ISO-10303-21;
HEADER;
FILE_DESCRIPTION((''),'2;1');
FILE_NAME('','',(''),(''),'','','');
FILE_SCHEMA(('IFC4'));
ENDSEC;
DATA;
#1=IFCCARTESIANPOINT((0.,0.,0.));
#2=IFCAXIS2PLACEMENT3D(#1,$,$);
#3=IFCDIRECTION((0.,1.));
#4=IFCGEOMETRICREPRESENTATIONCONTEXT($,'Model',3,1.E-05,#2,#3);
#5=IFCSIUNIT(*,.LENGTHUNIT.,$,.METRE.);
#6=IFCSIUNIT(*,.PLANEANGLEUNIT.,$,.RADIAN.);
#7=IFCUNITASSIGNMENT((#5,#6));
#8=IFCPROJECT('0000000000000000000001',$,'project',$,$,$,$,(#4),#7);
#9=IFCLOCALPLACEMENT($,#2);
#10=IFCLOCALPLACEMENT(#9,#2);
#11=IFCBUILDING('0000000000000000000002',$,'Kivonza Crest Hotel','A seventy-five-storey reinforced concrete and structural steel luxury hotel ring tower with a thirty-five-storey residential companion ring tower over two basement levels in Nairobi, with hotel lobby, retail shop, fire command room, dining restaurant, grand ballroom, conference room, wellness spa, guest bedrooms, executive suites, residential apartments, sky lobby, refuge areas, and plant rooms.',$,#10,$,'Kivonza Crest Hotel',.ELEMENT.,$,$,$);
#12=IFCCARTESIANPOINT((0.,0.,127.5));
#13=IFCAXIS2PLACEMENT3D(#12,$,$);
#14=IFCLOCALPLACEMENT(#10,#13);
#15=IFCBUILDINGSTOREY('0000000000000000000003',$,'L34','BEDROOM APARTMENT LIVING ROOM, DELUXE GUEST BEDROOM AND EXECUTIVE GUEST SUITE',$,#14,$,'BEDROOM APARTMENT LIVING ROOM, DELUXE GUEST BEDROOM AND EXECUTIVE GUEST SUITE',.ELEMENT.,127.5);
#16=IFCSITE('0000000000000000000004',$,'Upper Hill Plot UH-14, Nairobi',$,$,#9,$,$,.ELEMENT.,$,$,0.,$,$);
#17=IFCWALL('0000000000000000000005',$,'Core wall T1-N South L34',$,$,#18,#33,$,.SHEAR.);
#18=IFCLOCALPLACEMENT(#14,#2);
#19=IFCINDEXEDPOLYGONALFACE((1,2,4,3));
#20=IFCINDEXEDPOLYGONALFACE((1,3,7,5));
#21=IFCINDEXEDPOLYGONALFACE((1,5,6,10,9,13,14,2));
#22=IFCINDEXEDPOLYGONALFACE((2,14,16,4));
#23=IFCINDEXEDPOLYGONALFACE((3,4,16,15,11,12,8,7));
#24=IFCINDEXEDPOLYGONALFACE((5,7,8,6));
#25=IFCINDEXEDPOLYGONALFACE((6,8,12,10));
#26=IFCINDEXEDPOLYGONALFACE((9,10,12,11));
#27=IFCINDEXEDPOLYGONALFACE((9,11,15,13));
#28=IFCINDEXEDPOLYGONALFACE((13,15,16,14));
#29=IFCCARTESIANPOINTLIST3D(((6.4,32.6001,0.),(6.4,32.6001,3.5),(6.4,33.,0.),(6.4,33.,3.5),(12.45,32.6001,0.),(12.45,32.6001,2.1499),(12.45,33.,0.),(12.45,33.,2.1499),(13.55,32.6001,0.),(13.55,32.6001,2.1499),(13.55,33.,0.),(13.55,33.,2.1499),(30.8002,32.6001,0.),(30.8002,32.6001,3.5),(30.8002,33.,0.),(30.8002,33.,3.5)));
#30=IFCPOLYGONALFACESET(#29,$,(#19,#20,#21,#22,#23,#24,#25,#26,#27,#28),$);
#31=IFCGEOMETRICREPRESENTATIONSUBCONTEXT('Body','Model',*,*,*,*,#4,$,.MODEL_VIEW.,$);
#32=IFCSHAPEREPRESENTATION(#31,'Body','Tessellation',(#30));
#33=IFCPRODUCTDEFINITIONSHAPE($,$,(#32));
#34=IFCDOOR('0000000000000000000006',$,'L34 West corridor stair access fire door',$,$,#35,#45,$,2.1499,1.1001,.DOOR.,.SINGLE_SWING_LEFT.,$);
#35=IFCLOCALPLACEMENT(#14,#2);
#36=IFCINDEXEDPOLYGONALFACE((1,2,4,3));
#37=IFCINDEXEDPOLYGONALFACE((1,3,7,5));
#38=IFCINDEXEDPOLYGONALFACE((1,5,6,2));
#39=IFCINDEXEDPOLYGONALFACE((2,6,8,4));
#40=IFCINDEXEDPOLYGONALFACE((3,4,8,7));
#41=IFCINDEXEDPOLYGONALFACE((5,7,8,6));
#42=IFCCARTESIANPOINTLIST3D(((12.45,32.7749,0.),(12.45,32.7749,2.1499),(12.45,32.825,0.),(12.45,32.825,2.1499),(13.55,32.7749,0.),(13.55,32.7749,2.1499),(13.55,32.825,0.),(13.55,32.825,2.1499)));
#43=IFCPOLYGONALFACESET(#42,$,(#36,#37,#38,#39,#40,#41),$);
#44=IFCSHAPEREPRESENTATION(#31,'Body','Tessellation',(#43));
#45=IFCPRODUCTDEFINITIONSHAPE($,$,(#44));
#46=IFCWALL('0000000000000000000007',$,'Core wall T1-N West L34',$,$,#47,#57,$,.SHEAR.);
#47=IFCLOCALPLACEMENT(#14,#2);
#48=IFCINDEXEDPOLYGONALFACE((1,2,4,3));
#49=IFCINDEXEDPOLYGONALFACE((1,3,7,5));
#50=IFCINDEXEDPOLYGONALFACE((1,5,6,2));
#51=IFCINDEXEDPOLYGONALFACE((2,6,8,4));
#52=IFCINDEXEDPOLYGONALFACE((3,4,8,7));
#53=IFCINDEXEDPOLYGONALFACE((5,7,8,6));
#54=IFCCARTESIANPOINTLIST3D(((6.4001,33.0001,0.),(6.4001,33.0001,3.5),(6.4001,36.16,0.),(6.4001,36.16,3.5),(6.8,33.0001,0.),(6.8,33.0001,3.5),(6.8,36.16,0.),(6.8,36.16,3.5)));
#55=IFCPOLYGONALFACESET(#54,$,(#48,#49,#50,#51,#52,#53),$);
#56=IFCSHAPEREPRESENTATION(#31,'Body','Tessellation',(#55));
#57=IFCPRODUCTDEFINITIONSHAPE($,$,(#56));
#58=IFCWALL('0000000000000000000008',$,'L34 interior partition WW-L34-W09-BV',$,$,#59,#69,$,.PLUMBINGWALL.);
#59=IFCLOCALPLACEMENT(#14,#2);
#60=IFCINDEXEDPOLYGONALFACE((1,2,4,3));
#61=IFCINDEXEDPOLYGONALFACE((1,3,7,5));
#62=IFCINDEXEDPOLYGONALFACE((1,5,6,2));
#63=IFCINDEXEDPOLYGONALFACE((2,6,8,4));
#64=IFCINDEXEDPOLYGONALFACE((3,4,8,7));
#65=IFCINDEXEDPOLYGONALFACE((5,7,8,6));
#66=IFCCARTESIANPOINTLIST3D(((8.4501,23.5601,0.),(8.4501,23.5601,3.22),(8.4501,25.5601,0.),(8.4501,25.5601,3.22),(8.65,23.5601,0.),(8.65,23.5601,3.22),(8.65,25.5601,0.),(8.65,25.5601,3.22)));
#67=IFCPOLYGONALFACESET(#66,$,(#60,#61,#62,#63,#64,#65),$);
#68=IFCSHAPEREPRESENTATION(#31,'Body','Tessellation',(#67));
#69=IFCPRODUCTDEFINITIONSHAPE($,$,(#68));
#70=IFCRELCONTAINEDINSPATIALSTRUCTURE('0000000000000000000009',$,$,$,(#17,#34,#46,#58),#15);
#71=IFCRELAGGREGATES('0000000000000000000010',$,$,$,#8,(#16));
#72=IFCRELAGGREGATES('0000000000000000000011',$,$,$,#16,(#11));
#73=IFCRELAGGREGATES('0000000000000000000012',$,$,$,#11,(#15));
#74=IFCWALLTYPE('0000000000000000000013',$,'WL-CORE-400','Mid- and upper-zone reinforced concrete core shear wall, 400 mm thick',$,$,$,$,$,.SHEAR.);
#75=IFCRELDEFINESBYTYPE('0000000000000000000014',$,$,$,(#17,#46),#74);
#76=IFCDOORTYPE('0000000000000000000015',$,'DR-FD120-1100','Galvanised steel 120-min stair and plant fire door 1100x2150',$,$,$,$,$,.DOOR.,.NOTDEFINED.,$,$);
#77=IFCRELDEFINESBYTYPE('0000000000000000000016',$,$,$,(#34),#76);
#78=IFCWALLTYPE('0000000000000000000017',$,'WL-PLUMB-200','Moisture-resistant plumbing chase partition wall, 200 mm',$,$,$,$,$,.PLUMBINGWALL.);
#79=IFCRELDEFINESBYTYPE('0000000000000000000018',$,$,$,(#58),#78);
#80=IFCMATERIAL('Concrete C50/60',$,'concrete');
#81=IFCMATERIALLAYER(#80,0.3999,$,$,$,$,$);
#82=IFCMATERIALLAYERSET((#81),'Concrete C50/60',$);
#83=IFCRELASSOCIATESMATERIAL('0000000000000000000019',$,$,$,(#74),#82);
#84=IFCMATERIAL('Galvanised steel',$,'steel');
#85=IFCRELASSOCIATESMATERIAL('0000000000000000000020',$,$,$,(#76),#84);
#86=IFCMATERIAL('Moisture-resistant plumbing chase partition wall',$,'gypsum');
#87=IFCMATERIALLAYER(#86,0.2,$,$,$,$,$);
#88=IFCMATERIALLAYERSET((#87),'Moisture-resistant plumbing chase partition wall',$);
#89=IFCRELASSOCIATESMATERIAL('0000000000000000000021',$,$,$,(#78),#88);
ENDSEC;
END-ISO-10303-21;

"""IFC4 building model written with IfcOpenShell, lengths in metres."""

from ifc_helpers import new_model, si_unit, direction, frame, frame_2d, origin, place, context, subcontext, project, spatial, rectangle, extrude, material, layer, layer_set, type_object, element, fill, save


model = new_model("IFC4")

# Units and contexts
model_context = context("Model", 3, precision=1e-05, world=origin(), true_north=direction((0.0, 1.0)))
body_context = subcontext(model_context, "Body", "Model", "MODEL_VIEW")
ifc_project = project(units=[si_unit("LENGTHUNIT", "METRE"), si_unit("PLANEANGLEUNIT", "RADIAN")], contexts=[model_context])

# Site, building, storey
site_placement = place(None, origin())
site = spatial("IfcSite", under=ifc_project, at=site_placement, Name="Upper Hill Plot UH-14, Nairobi", CompositionType="ELEMENT", RefElevation=0.0)
building_placement = place(site_placement, origin())
building = spatial("IfcBuilding", under=site, at=building_placement, Name="Kivonza Crest Hotel", Description="A seventy-five-storey reinforced concrete and structural steel luxury hotel ring tower with a thirty-five-storey residential companion ring tower over two basement levels in Nairobi, with hotel lobby, retail shop, fire command room, dining restaurant, grand ballroom, conference room, wellness spa, guest bedrooms, executive suites, residential apartments, sky lobby, refuge areas, and plant rooms.", LongName="Kivonza Crest Hotel", CompositionType="ELEMENT")
storey_placement = place(building_placement, frame((0.0, 0.0, 127.5)))
storey = spatial("IfcBuildingStorey", under=building, at=storey_placement, Name="L34", Description="BEDROOM APARTMENT LIVING ROOM, DELUXE GUEST BEDROOM AND EXECUTIVE GUEST SUITE", LongName="BEDROOM APARTMENT LIVING ROOM, DELUXE GUEST BEDROOM AND EXECUTIVE GUEST SUITE", CompositionType="ELEMENT", Elevation=127.5)

# Shared definitions
ifc_material_1 = material(Name="Concrete C50/60", Category="concrete")

# Wall, opening, door
ifc_layer_1 = layer(ifc_material_1, 0.3999)
ifc_layer_set_1 = layer_set([ifc_layer_1], Name="Concrete C50/60")
wall_type_1 = type_object("IfcWallType", Name="WL-CORE-400", Description="Mid- and upper-zone reinforced concrete core shear wall, 400 mm thick", PredefinedType="SHEAR", material=ifc_layer_set_1)
wall_1_placement = place(storey_placement, frame((6.3999, 32.8, 0.0), z_axis=(0.0, 0.0, 1.0), x_axis=(1.0, 0.0, 0.0)))
wall_1 = element("IfcWall", 1, at=wall_1_placement, inside=storey, type_object=wall_type_1, Name="Core wall T1-N South L34", PredefinedType="SHEAR", context=body_context, shape_type="SweptSolid", body=[
    extrude(rectangle(XDim=24.4001, YDim=0.3999, at=frame_2d((12.2002, 0.0))), origin(), (0.0, 0.0, 1.0), 3.5),
])
opening_placement = place(wall_1_placement, frame((6.05, 0.0, 0.0)))
opening = element("IfcOpeningElement", 2, at=opening_placement, cuts=wall_1, PredefinedType="OPENING", context=body_context, shape_type="SweptSolid", body=[
    extrude(rectangle(XDim=1.1001, YDim=2.1499, at=frame_2d((0.55, 1.075))), frame((0.0, 0.21, 0.0), z_axis=(0.0, -1.0, 0.0), x_axis=(1.0, 0.0, 0.0)), (0.0, 0.0, 1.0), 0.4199),
])
ifc_material_2 = material(Name="Galvanised steel", Category="steel")
door_type = type_object("IfcDoorType", Name="DR-FD120-1100", Description="Galvanised steel 120-min stair and plant fire door 1100x2150", OperationType="NOTDEFINED", PredefinedType="DOOR", material=ifc_material_2)
door_placement = place(opening_placement, origin())
door = element("IfcDoor", 3, at=door_placement, inside=storey, type_object=door_type, Name="L34 West corridor stair access fire door", OperationType="SINGLE_SWING_LEFT", OverallHeight=2.1499, OverallWidth=1.1001, PredefinedType="DOOR", context=body_context, shape_type="SweptSolid", body=[
    extrude(rectangle(XDim=1.1001, YDim=2.1499, at=frame_2d((0.55, 1.075))), frame((0.0, 0.0249, 0.0), z_axis=(0.0, -1.0, 0.0), x_axis=(1.0, 0.0, 0.0)), (0.0, 0.0, 1.0), 0.05),
])
fill(opening, door)

# Walls
wall_2_placement = place(storey_placement, frame((6.6001, 33.0, 0.0), z_axis=(0.0, 0.0, 1.0), x_axis=(0.0, 1.0, 0.0)))
element("IfcWall", 4, at=wall_2_placement, inside=storey, type_object=wall_type_1, Name="Core wall T1-N West L34", PredefinedType="SHEAR", context=body_context, shape_type="SweptSolid", body=[
    extrude(rectangle(XDim=3.1599, YDim=0.3999, at=frame_2d((1.5801, 0.0))), origin(), (0.0, 0.0, 1.0), 3.5),
])
ifc_material_3 = material(Name="Moisture-resistant plumbing chase partition wall", Category="gypsum")
ifc_layer_2 = layer(ifc_material_3, 0.2)
ifc_layer_set_2 = layer_set([ifc_layer_2], Name="Moisture-resistant plumbing chase partition wall")
wall_type_2 = type_object("IfcWallType", Name="WL-PLUMB-200", Description="Moisture-resistant plumbing chase partition wall, 200 mm", PredefinedType="PLUMBINGWALL", material=ifc_layer_set_2)
wall_3_placement = place(storey_placement, frame((8.55, 23.5601, 0.0), z_axis=(0.0, 0.0, 1.0), x_axis=(0.0, 1.0, 0.0)))
element("IfcWall", 5, at=wall_3_placement, inside=storey, type_object=wall_type_2, Name="L34 interior partition WW-L34-W09-BV", PredefinedType="PLUMBINGWALL", context=body_context, shape_type="SweptSolid", body=[
    extrude(rectangle(XDim=2.0, YDim=0.2, at=frame_2d((1.0, 0.0))), origin(), (0.0, 0.0, 1.0), 3.22),
])

save(model, "model.ifc")
